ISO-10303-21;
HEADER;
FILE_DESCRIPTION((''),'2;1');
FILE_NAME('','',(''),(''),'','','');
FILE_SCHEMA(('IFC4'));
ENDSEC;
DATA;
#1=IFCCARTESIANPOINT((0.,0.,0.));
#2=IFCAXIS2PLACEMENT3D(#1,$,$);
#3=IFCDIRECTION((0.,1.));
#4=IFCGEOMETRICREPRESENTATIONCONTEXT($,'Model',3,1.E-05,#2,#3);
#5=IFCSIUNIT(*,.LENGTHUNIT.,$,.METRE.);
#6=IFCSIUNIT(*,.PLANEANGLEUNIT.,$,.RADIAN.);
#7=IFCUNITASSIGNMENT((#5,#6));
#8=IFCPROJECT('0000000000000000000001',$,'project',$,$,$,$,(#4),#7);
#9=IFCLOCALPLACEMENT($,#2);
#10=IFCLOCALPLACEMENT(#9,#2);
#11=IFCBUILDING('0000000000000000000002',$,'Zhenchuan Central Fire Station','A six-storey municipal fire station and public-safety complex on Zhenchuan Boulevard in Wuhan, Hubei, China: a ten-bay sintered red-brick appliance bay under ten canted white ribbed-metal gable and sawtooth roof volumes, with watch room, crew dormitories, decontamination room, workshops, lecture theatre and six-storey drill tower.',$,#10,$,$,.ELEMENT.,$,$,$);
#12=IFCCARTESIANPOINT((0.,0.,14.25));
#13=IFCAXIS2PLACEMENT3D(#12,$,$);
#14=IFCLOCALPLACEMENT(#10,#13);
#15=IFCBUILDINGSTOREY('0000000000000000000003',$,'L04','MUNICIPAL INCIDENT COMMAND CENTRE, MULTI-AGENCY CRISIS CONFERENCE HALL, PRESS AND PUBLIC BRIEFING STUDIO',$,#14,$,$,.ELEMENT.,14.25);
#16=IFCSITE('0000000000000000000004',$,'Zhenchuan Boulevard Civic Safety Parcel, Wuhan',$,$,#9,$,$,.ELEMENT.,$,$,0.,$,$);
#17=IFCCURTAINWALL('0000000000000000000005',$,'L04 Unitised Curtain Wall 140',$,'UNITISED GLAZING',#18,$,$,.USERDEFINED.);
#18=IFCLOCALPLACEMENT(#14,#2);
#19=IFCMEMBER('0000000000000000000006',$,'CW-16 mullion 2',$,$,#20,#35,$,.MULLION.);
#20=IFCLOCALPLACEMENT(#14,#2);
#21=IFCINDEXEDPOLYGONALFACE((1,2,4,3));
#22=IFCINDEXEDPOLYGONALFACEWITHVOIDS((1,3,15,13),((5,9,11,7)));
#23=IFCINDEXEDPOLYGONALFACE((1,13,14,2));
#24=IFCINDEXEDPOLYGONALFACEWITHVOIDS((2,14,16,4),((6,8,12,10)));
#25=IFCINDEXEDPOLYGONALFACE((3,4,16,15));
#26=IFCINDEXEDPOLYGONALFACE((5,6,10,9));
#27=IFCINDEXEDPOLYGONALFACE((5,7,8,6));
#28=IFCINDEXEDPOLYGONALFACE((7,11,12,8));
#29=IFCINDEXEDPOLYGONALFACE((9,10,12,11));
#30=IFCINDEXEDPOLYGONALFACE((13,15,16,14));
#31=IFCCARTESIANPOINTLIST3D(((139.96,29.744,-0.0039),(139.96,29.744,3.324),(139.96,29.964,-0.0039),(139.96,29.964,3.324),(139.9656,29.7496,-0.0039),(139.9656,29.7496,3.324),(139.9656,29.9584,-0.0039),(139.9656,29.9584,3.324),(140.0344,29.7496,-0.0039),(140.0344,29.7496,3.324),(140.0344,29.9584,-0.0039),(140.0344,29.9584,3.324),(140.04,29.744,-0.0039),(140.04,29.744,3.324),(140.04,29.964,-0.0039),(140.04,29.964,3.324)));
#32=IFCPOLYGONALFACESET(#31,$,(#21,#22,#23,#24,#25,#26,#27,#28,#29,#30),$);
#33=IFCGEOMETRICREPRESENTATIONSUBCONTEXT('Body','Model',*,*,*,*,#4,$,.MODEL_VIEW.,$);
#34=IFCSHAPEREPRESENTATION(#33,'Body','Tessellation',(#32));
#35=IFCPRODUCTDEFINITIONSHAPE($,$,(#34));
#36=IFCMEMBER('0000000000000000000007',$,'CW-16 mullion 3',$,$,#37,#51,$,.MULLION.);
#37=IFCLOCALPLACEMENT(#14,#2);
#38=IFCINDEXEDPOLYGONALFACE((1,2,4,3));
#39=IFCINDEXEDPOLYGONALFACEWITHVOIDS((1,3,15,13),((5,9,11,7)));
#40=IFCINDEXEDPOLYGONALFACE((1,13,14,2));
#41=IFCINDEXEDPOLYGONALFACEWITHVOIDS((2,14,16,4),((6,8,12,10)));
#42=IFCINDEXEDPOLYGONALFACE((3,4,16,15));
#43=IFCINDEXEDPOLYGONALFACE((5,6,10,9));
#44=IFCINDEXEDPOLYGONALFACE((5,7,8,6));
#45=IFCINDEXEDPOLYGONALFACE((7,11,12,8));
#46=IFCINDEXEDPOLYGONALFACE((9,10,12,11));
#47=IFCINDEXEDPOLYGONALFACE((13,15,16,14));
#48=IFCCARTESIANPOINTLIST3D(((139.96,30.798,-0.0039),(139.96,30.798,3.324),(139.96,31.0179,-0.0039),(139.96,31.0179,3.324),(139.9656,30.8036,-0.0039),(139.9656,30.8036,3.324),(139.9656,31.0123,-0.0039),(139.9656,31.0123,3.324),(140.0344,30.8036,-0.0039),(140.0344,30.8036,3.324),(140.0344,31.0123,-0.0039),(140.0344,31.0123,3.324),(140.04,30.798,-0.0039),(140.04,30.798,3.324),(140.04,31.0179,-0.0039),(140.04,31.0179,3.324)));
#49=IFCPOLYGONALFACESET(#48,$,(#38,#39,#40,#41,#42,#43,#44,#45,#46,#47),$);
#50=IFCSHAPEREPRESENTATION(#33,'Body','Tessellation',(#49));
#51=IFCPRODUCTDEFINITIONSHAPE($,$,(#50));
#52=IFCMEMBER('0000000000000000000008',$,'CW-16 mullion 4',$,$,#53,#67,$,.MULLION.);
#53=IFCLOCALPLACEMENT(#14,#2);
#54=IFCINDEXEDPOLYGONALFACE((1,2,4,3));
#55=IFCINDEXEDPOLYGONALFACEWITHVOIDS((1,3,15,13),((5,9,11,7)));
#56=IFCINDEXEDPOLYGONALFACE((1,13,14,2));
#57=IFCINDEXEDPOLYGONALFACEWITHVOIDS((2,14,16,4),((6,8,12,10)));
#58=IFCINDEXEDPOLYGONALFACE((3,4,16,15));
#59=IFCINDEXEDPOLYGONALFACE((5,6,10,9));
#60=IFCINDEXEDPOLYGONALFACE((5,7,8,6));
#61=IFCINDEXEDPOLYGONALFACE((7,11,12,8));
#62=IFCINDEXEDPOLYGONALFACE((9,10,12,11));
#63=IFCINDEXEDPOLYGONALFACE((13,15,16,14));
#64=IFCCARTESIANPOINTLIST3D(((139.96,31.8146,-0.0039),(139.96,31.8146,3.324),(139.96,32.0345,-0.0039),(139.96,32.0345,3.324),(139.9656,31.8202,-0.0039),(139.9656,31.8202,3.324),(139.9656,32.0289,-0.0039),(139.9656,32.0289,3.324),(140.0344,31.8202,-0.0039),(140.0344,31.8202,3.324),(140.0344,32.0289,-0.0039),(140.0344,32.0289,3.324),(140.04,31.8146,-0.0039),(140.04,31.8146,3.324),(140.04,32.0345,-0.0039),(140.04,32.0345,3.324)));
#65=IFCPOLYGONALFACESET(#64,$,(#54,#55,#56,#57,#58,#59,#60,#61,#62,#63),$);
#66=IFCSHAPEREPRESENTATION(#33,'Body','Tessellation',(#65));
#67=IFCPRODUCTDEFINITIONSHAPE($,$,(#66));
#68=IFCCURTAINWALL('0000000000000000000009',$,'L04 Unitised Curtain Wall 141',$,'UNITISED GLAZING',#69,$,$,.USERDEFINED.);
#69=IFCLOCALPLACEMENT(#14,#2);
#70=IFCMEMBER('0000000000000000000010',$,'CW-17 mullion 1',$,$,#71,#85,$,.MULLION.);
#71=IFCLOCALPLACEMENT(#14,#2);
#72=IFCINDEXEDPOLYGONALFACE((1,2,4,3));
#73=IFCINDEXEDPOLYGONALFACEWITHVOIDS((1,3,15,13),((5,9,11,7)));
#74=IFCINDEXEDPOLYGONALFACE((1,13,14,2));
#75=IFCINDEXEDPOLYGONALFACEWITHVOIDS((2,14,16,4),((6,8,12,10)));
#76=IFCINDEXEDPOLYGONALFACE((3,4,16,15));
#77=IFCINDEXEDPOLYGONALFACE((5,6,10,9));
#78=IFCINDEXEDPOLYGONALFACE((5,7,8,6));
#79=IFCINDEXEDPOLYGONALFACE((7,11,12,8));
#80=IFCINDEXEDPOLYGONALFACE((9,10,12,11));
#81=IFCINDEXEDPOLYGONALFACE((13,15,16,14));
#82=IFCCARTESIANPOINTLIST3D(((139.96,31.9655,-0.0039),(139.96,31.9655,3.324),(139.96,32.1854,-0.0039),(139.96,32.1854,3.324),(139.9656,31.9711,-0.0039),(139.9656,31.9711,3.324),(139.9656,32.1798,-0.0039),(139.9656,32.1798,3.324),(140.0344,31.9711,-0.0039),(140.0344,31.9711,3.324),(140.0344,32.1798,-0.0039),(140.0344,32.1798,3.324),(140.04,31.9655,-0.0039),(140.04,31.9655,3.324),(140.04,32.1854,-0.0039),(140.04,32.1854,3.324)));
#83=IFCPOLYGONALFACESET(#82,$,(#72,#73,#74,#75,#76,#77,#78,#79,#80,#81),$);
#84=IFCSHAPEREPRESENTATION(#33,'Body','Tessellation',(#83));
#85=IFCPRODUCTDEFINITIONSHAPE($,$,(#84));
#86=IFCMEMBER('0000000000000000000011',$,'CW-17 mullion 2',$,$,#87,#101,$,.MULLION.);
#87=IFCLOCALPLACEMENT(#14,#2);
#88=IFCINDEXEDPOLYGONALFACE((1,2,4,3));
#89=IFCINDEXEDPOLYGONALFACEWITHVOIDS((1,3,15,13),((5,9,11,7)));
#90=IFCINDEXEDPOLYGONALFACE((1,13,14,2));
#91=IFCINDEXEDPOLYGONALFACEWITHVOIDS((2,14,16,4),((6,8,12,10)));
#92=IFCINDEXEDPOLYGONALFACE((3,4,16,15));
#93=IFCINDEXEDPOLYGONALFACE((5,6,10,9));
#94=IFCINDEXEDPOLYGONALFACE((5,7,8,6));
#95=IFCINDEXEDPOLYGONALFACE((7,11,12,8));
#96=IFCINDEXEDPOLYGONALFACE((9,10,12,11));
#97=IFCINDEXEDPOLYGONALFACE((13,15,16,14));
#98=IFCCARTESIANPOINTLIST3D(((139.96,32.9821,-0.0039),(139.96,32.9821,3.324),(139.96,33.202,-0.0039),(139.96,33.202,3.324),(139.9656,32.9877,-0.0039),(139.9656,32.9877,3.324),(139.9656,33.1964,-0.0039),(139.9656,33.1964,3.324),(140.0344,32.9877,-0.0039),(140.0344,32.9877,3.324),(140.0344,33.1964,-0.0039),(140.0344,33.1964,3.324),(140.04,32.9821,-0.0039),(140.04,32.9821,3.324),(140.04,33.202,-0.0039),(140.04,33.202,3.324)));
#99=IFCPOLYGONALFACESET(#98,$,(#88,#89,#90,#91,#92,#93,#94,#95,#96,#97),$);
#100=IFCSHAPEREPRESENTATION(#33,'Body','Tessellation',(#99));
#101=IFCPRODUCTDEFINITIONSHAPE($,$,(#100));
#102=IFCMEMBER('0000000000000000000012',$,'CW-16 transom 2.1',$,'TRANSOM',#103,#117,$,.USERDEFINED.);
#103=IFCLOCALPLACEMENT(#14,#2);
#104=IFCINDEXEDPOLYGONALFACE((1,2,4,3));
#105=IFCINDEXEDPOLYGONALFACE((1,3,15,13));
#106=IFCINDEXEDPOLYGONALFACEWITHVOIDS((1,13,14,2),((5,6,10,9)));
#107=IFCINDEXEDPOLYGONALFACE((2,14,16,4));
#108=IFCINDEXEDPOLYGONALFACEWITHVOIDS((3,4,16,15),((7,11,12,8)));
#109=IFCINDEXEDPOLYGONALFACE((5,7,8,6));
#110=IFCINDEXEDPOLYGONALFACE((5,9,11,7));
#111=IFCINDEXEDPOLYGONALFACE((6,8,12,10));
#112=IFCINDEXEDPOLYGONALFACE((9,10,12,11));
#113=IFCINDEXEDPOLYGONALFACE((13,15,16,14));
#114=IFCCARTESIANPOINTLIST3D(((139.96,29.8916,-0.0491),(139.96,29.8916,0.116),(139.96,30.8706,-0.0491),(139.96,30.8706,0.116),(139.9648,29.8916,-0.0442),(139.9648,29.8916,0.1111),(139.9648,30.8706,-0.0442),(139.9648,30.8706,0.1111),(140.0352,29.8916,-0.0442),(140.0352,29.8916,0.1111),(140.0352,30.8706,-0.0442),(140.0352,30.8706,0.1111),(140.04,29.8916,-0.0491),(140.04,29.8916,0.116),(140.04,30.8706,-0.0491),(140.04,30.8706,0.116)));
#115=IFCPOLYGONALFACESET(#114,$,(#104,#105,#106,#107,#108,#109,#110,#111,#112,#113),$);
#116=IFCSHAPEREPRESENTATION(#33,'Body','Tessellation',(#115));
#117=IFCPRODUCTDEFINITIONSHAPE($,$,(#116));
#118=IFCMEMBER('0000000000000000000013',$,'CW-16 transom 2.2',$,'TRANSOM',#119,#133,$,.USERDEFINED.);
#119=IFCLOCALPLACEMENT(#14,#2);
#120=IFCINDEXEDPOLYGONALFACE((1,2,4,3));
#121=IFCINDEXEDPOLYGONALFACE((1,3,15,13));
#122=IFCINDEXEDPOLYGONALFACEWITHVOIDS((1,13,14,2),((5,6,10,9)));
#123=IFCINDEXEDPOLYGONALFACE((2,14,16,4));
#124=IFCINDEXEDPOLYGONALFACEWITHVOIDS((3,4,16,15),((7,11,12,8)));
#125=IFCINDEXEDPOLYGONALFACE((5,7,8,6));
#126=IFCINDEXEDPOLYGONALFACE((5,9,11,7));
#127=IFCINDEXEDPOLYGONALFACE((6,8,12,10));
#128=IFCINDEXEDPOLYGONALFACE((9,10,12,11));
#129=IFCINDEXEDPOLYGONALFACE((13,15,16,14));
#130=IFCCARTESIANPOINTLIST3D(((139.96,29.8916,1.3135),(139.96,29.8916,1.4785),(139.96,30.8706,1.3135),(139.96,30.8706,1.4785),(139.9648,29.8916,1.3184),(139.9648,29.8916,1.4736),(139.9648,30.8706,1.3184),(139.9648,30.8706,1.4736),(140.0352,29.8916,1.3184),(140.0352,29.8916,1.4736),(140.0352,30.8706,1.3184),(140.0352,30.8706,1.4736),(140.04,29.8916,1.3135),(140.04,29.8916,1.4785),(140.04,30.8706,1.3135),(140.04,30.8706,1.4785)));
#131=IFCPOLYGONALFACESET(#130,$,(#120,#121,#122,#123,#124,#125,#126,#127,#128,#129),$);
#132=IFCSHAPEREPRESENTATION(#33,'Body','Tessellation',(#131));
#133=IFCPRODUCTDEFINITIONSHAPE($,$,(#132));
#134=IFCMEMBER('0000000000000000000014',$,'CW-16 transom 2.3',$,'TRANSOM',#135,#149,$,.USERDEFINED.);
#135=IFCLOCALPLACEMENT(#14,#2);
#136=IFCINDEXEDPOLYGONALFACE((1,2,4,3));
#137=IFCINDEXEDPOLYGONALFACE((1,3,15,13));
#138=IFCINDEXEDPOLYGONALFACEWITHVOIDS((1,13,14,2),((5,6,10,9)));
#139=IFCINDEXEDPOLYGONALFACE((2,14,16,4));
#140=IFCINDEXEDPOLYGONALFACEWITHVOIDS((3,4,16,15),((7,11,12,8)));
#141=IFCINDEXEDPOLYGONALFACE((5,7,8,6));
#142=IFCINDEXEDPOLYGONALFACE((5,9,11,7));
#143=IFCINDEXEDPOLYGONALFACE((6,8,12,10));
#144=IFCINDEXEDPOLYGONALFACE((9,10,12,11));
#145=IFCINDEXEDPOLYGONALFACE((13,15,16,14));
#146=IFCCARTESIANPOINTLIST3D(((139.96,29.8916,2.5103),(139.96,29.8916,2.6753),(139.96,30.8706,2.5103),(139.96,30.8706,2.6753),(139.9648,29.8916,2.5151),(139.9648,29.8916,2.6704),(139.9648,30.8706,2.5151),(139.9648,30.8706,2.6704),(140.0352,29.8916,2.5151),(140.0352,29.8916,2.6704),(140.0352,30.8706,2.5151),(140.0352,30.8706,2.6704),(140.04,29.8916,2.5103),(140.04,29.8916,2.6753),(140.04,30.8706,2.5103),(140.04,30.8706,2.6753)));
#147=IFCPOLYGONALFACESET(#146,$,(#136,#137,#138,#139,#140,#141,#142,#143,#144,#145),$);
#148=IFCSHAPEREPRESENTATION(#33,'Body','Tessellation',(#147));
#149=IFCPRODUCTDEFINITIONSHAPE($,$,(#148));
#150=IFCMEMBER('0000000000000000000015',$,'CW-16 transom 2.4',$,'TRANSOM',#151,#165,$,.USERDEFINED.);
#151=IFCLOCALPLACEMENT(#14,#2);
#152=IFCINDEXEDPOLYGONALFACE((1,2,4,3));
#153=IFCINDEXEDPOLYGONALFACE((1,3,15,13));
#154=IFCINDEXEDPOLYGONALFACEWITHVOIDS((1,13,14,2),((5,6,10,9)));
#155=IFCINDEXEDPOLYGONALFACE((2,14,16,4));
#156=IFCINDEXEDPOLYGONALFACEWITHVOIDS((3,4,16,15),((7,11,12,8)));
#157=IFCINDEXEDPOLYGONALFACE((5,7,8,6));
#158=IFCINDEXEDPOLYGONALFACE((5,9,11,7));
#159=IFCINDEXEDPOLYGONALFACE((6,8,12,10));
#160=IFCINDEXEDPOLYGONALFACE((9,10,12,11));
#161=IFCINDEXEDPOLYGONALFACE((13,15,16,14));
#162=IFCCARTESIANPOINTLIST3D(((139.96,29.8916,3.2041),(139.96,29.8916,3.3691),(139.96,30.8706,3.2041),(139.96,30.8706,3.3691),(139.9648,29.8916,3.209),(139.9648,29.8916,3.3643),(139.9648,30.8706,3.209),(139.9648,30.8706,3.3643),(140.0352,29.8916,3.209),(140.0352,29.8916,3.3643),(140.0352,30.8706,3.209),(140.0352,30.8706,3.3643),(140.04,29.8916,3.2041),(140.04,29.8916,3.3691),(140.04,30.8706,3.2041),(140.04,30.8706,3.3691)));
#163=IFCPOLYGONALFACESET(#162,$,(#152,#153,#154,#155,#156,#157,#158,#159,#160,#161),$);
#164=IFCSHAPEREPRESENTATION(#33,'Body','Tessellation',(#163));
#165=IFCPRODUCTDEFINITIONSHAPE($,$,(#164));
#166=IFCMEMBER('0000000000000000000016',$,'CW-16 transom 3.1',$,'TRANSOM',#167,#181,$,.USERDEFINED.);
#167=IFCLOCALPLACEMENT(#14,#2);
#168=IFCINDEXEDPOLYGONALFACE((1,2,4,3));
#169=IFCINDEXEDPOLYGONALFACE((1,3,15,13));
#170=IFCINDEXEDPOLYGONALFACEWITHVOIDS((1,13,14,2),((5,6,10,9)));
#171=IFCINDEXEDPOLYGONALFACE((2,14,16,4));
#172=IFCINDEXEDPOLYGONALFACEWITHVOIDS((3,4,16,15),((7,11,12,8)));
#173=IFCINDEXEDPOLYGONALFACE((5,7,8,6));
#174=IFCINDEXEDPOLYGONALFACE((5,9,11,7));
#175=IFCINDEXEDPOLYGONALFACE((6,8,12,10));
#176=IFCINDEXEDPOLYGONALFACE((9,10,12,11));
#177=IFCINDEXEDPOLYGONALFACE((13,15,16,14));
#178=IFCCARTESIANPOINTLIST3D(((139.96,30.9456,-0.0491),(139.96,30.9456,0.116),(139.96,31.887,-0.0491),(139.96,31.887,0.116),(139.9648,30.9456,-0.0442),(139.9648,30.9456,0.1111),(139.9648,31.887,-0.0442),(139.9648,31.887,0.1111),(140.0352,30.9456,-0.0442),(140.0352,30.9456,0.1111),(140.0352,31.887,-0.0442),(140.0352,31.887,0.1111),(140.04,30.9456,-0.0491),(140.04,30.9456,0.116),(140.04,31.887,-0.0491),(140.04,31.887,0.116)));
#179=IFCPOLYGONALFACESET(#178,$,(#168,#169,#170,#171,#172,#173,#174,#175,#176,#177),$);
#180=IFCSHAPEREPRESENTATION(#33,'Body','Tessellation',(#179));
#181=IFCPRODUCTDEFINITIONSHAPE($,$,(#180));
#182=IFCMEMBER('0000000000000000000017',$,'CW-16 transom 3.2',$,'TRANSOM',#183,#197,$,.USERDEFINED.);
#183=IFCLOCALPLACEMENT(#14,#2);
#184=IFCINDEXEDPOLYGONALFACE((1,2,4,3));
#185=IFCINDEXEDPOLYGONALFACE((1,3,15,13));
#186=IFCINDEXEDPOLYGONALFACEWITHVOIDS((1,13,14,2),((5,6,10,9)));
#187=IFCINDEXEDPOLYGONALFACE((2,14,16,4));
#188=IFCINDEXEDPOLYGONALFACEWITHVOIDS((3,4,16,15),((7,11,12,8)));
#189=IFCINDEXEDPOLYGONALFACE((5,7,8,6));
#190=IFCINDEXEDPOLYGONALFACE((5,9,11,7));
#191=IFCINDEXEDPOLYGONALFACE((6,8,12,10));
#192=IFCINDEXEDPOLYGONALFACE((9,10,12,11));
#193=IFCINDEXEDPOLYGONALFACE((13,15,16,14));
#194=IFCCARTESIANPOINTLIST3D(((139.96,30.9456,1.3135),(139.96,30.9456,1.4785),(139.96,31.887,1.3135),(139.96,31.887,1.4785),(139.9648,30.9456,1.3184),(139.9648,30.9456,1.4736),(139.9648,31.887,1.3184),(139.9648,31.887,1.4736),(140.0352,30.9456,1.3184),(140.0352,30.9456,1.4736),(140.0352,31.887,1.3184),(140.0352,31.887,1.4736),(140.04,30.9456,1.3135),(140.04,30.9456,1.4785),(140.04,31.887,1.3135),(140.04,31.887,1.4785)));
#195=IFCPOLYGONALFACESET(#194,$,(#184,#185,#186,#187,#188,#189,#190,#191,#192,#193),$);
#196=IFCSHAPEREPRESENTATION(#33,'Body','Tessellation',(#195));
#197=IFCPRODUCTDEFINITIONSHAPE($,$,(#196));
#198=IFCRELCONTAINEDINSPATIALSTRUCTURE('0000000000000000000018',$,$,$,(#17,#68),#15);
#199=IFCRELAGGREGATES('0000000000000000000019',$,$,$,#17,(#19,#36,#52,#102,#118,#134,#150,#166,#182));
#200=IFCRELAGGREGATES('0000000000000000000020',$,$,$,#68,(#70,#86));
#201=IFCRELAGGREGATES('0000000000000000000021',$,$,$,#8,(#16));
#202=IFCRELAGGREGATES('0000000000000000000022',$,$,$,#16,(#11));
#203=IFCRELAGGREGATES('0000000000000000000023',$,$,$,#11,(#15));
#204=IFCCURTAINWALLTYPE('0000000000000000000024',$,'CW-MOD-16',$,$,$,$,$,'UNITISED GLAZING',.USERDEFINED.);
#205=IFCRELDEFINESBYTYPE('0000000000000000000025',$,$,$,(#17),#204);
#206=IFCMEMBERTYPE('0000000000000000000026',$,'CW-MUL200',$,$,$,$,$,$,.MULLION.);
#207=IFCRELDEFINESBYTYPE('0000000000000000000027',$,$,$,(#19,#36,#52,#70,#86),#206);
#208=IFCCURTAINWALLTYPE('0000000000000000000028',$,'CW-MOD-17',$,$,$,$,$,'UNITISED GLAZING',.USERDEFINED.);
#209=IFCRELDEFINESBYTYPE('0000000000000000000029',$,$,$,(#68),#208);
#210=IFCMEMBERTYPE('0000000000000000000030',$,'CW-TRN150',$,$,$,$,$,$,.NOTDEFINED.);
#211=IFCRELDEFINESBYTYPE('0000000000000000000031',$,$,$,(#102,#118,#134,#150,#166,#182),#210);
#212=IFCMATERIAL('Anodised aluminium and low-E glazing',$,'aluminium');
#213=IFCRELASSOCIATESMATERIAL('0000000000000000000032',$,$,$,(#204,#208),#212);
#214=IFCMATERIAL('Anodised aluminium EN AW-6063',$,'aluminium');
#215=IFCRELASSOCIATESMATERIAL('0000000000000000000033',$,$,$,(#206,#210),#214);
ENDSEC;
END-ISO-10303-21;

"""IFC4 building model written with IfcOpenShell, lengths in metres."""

from ifc_helpers import new_model, si_unit, direction, frame, origin, origin_2d, place, context, subcontext, project, spatial, hollow_rectangle, extrude, material, material_profile, profile_set, type_object, element, aggregate, save


model = new_model("IFC4")

# Units and contexts
model_context = context("Model", 3, precision=1e-05, world=origin(), true_north=direction((0.0, 1.0)))
body_context = subcontext(model_context, "Body", "Model", "MODEL_VIEW")
ifc_project = project(units=[si_unit("LENGTHUNIT", "METRE"), si_unit("PLANEANGLEUNIT", "RADIAN")], contexts=[model_context])

# Site, building, storey
site_placement = place(None, origin())
site = spatial("IfcSite", under=ifc_project, at=site_placement, Name="Zhenchuan Boulevard Civic Safety Parcel, Wuhan", CompositionType="ELEMENT", RefElevation=0.0)
building_placement = place(site_placement, origin())
building = spatial("IfcBuilding", under=site, at=building_placement, Name="Zhenchuan Central Fire Station", Description="A six-storey municipal fire station and public-safety complex on Zhenchuan Boulevard in Wuhan, Hubei, China: a ten-bay sintered red-brick appliance bay under ten canted white ribbed-metal gable and sawtooth roof volumes, with watch room, crew dormitories, decontamination room, workshops, lecture theatre and six-storey drill tower.", CompositionType="ELEMENT")
storey_placement = place(building_placement, frame((0.0, 0.0, 14.25)))
storey = spatial("IfcBuildingStorey", under=building, at=storey_placement, Name="L04", Description="MUNICIPAL INCIDENT COMMAND CENTRE, MULTI-AGENCY CRISIS CONFERENCE HALL, PRESS AND PUBLIC BRIEFING STUDIO", CompositionType="ELEMENT", Elevation=14.25)

# Curtain walls, members
ifc_material_1 = material(Name="Anodised aluminium and low-E glazing", Category="aluminium")
curtain_wall_type_1 = type_object("IfcCurtainWallType", Name="CW-MOD-16", ElementType="UNITISED GLAZING", PredefinedType="USERDEFINED", material=ifc_material_1)
curtain_wall_1_placement = place(storey_placement, origin())
curtain_wall_1 = element("IfcCurtainWall", 1, at=curtain_wall_1_placement, inside=storey, type_object=curtain_wall_type_1, Name="L04 Unitised Curtain Wall 140", ObjectType="UNITISED GLAZING", PredefinedType="USERDEFINED")
ifc_material_2 = material(Name="Anodised aluminium EN AW-6063", Category="aluminium")
ifc_material_profile_1 = material_profile(ifc_material_2, hollow_rectangle(XDim=0.0801, YDim=0.22, WallThickness=0.0056, at=origin_2d()), Name="ALU-M 220x80")
ifc_profile_set_1 = profile_set([ifc_material_profile_1], Name="Anodised aluminium EN AW-6063")
member_type_1 = type_object("IfcMemberType", Name="CW-MUL200", PredefinedType="MULLION", material=ifc_profile_set_1)
member_1_placement = place(storey_placement, frame((140.0, 29.854, -0.0039), z_axis=(0.0, 0.0, 1.0), x_axis=(-1.0, 0.0, 0.0)))
member_1 = element("IfcMember", 2, at=member_1_placement, type_object=member_type_1, Name="CW-16 mullion 2", PredefinedType="MULLION", context=body_context, shape_type="SweptSolid", body=[
    extrude(hollow_rectangle(XDim=0.0801, YDim=0.22, WallThickness=0.0056, at=origin_2d()), origin(), (0.0, 0.0, 1.0), 3.3279),
])
member_2_placement = place(storey_placement, frame((140.0, 30.908, -0.0039), z_axis=(0.0, 0.0, 1.0), x_axis=(-1.0, 0.0, 0.0)))
member_2 = element("IfcMember", 3, at=member_2_placement, type_object=member_type_1, Name="CW-16 mullion 3", PredefinedType="MULLION", context=body_context, shape_type="SweptSolid", body=[
    extrude(hollow_rectangle(XDim=0.0801, YDim=0.22, WallThickness=0.0056, at=origin_2d()), origin(), (0.0, 0.0, 1.0), 3.3279),
])
member_3_placement = place(storey_placement, frame((140.0, 31.9246, -0.0039), z_axis=(0.0, 0.0, 1.0), x_axis=(-1.0, 0.0, 0.0)))
member_3 = element("IfcMember", 4, at=member_3_placement, type_object=member_type_1, Name="CW-16 mullion 4", PredefinedType="MULLION", context=body_context, shape_type="SweptSolid", body=[
    extrude(hollow_rectangle(XDim=0.0801, YDim=0.22, WallThickness=0.0056, at=origin_2d()), origin(), (0.0, 0.0, 1.0), 3.3279),
])
curtain_wall_type_2 = type_object("IfcCurtainWallType", Name="CW-MOD-17", ElementType="UNITISED GLAZING", PredefinedType="USERDEFINED", material=ifc_material_1)
curtain_wall_2_placement = place(storey_placement, origin())
curtain_wall_2 = element("IfcCurtainWall", 5, at=curtain_wall_2_placement, inside=storey, type_object=curtain_wall_type_2, Name="L04 Unitised Curtain Wall 141", ObjectType="UNITISED GLAZING", PredefinedType="USERDEFINED")
member_4_placement = place(storey_placement, frame((140.0, 32.0754, -0.0039), z_axis=(0.0, 0.0, 1.0), x_axis=(-1.0, 0.0, 0.0)))
member_4 = element("IfcMember", 6, at=member_4_placement, type_object=member_type_1, Name="CW-17 mullion 1", PredefinedType="MULLION", context=body_context, shape_type="SweptSolid", body=[
    extrude(hollow_rectangle(XDim=0.0801, YDim=0.22, WallThickness=0.0056, at=origin_2d()), origin(), (0.0, 0.0, 1.0), 3.3279),
])
member_5_placement = place(storey_placement, frame((140.0, 33.092, -0.0039), z_axis=(0.0, 0.0, 1.0), x_axis=(-1.0, 0.0, 0.0)))
member_5 = element("IfcMember", 7, at=member_5_placement, type_object=member_type_1, Name="CW-17 mullion 2", PredefinedType="MULLION", context=body_context, shape_type="SweptSolid", body=[
    extrude(hollow_rectangle(XDim=0.0801, YDim=0.22, WallThickness=0.0056, at=origin_2d()), origin(), (0.0, 0.0, 1.0), 3.3279),
])

# Members
ifc_material_profile_2 = material_profile(ifc_material_2, hollow_rectangle(XDim=0.0801, YDim=0.165, WallThickness=0.0049, at=origin_2d()), Name="ALU-T 165x80")
ifc_profile_set_2 = profile_set([ifc_material_profile_2], Name="Anodised aluminium EN AW-6063")
member_type_2 = type_object("IfcMemberType", Name="CW-TRN150", PredefinedType="NOTDEFINED", material=ifc_profile_set_2)
member_6_placement = place(storey_placement, frame((140.0, 29.8916, 0.0334), z_axis=(0.0, 1.0, 0.0), x_axis=(-1.0, 0.0, 0.0)))
member_6 = element("IfcMember", 8, at=member_6_placement, type_object=member_type_2, Name="CW-16 transom 2.1", ObjectType="TRANSOM", PredefinedType="USERDEFINED", context=body_context, shape_type="SweptSolid", body=[
    extrude(hollow_rectangle(XDim=0.0801, YDim=0.165, WallThickness=0.0049, at=origin_2d()), origin(), (0.0, 0.0, 1.0), 0.979),
])
member_7_placement = place(storey_placement, frame((140.0, 29.8916, 1.396), z_axis=(0.0, 1.0, 0.0), x_axis=(-1.0, 0.0, 0.0)))
member_7 = element("IfcMember", 9, at=member_7_placement, type_object=member_type_2, Name="CW-16 transom 2.2", ObjectType="TRANSOM", PredefinedType="USERDEFINED", context=body_context, shape_type="SweptSolid", body=[
    extrude(hollow_rectangle(XDim=0.0801, YDim=0.165, WallThickness=0.0049, at=origin_2d()), origin(), (0.0, 0.0, 1.0), 0.979),
])
member_8_placement = place(storey_placement, frame((140.0, 29.8916, 2.5928), z_axis=(0.0, 1.0, 0.0), x_axis=(-1.0, 0.0, 0.0)))
member_8 = element("IfcMember", 10, at=member_8_placement, type_object=member_type_2, Name="CW-16 transom 2.3", ObjectType="TRANSOM", PredefinedType="USERDEFINED", context=body_context, shape_type="SweptSolid", body=[
    extrude(hollow_rectangle(XDim=0.0801, YDim=0.165, WallThickness=0.0049, at=origin_2d()), origin(), (0.0, 0.0, 1.0), 0.979),
])
member_9_placement = place(storey_placement, frame((140.0, 29.8916, 3.2866), z_axis=(0.0, 1.0, 0.0), x_axis=(-1.0, 0.0, 0.0)))
member_9 = element("IfcMember", 11, at=member_9_placement, type_object=member_type_2, Name="CW-16 transom 2.4", ObjectType="TRANSOM", PredefinedType="USERDEFINED", context=body_context, shape_type="SweptSolid", body=[
    extrude(hollow_rectangle(XDim=0.0801, YDim=0.165, WallThickness=0.0049, at=origin_2d()), origin(), (0.0, 0.0, 1.0), 0.979),
])
member_10_placement = place(storey_placement, frame((140.0, 30.9456, 0.0334), z_axis=(0.0, 1.0, 0.0), x_axis=(-1.0, 0.0, 0.0)))
member_10 = element("IfcMember", 12, at=member_10_placement, type_object=member_type_2, Name="CW-16 transom 3.1", ObjectType="TRANSOM", PredefinedType="USERDEFINED", context=body_context, shape_type="SweptSolid", body=[
    extrude(hollow_rectangle(XDim=0.0801, YDim=0.165, WallThickness=0.0049, at=origin_2d()), origin(), (0.0, 0.0, 1.0), 0.9414),
])
member_11_placement = place(storey_placement, frame((140.0, 30.9456, 1.396), z_axis=(0.0, 1.0, 0.0), x_axis=(-1.0, 0.0, 0.0)))
member_11 = element("IfcMember", 13, at=member_11_placement, type_object=member_type_2, Name="CW-16 transom 3.2", ObjectType="TRANSOM", PredefinedType="USERDEFINED", context=body_context, shape_type="SweptSolid", body=[
    extrude(hollow_rectangle(XDim=0.0801, YDim=0.165, WallThickness=0.0049, at=origin_2d()), origin(), (0.0, 0.0, 1.0), 0.9414),
])

aggregate(curtain_wall_1, [member_1, member_2, member_3, member_6, member_7, member_8, member_9, member_10, member_11])
aggregate(curtain_wall_2, [member_4, member_5])

save(model, "model.ifc")
